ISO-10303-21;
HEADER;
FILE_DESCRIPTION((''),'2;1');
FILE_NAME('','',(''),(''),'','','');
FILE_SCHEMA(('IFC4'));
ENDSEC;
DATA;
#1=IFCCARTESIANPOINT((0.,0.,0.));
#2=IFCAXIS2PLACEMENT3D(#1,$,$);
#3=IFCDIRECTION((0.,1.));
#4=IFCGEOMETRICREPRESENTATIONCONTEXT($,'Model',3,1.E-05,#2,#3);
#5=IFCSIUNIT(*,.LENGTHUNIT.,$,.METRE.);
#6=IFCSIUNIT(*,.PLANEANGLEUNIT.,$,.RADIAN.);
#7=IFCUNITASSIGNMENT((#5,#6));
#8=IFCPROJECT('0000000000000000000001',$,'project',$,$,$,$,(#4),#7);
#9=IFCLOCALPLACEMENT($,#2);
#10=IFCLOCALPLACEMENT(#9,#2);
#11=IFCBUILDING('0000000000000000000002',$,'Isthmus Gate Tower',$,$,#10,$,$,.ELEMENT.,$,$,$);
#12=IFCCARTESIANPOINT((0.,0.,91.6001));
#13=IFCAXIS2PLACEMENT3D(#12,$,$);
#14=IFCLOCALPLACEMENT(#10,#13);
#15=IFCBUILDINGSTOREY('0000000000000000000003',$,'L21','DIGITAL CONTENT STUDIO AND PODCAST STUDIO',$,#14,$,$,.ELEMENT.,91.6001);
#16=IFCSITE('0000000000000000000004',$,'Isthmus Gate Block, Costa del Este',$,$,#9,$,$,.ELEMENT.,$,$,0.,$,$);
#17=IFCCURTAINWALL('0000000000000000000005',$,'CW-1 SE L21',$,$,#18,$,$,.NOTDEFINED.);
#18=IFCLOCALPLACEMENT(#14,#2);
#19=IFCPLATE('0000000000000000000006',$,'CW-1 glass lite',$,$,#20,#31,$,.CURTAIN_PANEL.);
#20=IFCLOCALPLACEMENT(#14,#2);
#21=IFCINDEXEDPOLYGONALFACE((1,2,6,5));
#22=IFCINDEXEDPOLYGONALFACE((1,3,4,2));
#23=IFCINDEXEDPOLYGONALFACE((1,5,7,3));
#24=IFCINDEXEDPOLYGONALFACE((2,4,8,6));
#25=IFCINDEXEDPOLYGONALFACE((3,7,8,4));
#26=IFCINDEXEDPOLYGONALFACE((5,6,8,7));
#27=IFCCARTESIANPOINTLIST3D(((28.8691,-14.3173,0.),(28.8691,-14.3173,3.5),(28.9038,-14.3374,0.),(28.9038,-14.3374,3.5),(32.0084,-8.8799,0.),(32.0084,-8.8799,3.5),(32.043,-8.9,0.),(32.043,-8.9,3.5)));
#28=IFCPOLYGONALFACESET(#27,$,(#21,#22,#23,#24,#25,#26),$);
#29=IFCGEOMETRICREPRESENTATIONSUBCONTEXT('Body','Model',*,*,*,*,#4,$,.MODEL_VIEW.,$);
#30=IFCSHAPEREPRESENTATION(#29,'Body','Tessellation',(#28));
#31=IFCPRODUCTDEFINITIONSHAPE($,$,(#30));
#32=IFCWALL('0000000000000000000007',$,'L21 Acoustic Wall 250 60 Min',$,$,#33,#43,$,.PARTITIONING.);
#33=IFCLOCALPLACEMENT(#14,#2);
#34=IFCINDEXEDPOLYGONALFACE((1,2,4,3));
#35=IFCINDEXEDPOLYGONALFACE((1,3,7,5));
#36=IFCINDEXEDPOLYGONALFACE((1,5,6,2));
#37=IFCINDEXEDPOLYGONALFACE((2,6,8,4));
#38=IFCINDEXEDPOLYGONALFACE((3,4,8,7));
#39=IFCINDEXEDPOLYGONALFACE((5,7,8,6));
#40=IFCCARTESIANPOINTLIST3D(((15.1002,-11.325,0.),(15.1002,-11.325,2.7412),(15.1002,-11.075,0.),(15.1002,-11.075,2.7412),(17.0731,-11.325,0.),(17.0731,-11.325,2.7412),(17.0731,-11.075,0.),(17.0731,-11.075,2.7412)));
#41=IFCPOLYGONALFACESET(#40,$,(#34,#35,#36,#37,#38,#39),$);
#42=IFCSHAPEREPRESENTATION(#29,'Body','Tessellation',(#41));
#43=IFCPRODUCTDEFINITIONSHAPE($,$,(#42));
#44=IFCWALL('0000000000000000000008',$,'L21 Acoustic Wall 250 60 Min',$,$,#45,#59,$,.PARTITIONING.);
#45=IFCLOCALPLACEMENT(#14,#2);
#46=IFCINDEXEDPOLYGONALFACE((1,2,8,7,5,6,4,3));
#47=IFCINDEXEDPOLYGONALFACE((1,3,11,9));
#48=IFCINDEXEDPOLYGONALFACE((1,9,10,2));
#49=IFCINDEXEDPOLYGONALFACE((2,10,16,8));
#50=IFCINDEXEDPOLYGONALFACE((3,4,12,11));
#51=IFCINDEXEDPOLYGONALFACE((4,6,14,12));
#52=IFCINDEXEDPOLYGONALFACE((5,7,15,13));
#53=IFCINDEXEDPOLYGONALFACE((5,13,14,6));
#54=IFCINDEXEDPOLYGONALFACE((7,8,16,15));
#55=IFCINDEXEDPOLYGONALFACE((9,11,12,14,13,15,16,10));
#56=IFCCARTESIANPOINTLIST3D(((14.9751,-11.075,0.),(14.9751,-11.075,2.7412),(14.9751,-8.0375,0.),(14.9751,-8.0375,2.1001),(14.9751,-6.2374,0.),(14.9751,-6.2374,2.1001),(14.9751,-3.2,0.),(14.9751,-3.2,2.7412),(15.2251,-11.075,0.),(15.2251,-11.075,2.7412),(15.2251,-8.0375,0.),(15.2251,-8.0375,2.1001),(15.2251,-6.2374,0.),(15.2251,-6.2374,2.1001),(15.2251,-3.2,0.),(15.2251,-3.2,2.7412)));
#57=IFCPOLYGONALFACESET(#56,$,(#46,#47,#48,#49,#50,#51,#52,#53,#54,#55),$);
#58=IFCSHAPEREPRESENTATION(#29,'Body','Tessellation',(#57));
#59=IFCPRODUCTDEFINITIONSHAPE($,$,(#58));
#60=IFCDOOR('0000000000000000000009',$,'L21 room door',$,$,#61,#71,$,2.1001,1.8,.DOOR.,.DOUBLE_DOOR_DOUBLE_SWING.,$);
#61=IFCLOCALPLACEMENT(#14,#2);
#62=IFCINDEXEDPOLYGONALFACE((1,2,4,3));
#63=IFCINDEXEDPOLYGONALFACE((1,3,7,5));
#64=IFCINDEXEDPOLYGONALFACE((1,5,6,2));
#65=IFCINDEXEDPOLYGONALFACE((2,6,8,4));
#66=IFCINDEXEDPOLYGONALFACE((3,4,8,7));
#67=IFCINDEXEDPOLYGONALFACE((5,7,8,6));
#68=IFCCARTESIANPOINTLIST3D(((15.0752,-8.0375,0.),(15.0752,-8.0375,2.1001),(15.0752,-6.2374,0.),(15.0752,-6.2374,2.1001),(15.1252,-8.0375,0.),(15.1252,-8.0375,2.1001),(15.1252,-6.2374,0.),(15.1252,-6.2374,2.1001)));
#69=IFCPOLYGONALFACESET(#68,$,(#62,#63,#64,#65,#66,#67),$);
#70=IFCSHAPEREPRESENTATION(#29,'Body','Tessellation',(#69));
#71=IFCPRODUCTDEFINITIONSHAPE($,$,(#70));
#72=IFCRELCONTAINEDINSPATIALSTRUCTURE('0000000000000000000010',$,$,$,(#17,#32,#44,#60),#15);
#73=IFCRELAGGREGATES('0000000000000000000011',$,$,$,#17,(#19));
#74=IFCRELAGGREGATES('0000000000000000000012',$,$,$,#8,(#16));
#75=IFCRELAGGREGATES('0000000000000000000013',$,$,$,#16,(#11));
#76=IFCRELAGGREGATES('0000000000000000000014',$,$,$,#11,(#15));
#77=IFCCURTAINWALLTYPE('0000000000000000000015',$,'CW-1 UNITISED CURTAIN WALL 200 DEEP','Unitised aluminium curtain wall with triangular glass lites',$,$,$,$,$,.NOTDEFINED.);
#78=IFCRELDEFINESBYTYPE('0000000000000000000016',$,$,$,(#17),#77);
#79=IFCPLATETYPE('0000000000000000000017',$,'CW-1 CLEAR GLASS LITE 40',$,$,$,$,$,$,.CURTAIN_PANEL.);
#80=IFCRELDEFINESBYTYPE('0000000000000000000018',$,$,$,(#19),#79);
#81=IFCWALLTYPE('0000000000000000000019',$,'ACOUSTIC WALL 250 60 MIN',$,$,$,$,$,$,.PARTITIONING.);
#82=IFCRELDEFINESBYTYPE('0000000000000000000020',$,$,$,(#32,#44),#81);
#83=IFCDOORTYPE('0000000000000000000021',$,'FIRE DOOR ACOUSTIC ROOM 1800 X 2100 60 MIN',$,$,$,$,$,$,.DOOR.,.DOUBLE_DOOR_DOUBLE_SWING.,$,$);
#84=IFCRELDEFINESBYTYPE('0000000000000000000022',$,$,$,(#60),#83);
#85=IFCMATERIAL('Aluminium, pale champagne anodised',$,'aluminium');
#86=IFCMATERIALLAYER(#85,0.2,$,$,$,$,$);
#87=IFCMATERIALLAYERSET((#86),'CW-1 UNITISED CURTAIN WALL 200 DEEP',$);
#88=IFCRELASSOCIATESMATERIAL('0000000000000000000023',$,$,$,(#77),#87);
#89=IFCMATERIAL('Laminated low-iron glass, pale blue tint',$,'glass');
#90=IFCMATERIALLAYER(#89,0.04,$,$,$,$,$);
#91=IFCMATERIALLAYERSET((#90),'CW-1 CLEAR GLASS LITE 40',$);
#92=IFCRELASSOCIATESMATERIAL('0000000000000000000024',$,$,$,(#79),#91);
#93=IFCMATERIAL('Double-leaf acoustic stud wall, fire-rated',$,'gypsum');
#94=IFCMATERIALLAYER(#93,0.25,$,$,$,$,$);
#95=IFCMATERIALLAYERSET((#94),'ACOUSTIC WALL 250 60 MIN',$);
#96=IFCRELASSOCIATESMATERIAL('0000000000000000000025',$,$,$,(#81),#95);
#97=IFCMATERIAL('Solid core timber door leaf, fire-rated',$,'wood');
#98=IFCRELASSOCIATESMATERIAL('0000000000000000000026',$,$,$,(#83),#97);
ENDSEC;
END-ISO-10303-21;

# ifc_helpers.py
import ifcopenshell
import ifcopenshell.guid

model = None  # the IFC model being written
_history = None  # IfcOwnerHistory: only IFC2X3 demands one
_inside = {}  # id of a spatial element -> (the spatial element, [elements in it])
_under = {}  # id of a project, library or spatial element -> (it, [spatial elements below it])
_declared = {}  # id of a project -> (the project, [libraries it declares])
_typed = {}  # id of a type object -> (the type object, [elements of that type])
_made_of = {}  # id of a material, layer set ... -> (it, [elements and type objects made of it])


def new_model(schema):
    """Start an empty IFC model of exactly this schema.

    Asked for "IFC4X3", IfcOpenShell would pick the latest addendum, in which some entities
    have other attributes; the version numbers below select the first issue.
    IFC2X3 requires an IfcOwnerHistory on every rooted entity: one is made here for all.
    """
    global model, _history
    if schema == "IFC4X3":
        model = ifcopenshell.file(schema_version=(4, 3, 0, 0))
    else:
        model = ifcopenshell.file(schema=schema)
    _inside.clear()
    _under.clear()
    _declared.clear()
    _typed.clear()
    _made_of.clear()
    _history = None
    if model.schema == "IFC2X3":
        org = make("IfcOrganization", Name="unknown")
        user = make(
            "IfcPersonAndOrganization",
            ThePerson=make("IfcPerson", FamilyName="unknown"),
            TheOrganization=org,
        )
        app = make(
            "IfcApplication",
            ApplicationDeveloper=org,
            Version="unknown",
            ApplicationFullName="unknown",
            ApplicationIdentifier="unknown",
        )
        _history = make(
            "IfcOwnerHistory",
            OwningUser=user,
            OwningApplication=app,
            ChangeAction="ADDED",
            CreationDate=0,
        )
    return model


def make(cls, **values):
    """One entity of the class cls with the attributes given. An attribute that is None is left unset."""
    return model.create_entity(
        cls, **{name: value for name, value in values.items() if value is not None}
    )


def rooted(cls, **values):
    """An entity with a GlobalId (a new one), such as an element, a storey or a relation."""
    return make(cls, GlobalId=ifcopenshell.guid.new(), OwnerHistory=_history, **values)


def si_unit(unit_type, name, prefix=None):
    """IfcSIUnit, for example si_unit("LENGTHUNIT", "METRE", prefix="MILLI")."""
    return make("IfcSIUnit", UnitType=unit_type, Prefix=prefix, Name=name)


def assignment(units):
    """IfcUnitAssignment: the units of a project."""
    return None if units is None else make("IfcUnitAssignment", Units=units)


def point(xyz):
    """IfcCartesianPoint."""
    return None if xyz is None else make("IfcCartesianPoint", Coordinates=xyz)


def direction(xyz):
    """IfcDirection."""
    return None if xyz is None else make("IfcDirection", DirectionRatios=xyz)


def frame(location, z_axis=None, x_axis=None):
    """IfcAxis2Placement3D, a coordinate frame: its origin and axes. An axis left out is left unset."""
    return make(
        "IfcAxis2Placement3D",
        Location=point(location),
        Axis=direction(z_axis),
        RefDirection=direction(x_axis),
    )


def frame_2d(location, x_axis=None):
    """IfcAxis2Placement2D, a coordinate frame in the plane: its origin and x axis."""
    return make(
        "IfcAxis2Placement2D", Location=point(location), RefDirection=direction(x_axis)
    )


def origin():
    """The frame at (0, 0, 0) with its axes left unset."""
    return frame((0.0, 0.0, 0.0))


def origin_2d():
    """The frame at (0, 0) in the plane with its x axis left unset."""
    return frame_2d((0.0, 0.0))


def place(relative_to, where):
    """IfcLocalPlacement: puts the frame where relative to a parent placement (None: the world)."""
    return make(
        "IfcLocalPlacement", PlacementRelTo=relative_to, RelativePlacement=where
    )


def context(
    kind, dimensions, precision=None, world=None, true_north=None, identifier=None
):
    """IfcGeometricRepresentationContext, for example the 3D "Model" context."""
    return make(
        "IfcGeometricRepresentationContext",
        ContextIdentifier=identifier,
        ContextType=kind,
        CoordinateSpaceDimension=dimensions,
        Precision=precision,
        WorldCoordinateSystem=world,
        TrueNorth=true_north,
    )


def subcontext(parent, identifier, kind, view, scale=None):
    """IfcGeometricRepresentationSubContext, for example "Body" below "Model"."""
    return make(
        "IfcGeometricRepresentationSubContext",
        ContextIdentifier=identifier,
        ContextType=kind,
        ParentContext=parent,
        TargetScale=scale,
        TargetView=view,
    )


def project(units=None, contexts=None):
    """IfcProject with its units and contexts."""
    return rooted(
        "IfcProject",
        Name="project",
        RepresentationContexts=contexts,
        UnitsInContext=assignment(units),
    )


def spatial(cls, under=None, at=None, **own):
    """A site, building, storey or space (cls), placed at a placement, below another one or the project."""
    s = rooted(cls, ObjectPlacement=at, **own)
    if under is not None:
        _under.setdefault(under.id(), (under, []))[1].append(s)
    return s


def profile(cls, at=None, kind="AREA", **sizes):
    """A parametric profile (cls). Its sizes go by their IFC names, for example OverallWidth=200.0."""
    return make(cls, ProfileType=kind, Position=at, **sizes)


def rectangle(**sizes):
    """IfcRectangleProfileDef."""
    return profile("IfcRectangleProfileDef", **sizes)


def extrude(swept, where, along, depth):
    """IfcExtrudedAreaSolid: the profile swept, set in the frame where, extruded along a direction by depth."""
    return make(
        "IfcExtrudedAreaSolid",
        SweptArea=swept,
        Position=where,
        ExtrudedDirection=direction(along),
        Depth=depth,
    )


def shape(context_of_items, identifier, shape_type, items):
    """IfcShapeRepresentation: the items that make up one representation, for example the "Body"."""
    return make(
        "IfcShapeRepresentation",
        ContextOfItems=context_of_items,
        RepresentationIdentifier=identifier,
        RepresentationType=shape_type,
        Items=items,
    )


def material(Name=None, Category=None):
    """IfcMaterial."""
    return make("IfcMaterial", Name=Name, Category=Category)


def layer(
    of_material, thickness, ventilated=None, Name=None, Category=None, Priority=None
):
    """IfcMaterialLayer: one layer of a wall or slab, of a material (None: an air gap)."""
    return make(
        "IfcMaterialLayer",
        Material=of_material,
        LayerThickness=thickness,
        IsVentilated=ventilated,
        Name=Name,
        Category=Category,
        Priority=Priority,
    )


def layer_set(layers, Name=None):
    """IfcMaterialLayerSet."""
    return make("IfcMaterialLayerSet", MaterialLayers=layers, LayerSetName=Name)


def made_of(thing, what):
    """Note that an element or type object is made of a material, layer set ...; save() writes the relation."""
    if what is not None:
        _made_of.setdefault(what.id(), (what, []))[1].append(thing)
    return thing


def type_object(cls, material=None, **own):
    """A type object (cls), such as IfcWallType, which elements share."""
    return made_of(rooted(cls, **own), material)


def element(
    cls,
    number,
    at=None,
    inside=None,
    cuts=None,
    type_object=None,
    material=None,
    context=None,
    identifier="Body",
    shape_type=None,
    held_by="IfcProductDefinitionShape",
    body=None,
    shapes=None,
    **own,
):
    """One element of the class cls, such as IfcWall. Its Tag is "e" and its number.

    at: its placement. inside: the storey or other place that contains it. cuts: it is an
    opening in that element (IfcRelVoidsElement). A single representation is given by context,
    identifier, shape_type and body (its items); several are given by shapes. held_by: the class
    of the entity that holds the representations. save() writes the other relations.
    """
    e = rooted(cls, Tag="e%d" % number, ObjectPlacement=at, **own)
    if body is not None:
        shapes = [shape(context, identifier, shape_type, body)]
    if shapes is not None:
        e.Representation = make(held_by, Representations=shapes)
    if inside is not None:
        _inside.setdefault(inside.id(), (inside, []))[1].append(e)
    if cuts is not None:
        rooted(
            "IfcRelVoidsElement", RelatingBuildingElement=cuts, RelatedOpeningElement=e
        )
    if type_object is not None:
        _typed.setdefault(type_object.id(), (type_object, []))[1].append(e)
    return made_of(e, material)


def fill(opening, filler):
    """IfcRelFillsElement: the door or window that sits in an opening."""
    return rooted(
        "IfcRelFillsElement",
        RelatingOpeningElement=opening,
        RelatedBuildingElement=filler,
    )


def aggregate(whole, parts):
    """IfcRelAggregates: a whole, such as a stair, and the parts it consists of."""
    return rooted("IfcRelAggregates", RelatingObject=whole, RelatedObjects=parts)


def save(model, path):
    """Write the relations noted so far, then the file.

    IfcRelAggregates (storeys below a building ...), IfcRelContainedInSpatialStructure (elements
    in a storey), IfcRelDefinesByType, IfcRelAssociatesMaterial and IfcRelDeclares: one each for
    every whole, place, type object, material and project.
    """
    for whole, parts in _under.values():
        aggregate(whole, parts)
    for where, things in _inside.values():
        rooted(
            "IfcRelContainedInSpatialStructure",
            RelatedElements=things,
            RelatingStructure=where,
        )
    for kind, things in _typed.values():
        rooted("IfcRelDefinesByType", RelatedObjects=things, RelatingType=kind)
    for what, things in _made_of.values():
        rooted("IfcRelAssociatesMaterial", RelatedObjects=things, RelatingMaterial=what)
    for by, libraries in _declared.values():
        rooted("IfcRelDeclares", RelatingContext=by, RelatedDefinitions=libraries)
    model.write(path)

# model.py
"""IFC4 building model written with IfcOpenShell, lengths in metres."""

from ifc_helpers import new_model, si_unit, direction, frame, frame_2d, origin, origin_2d, place, context, subcontext, project, spatial, rectangle, extrude, material, layer, layer_set, type_object, element, fill, aggregate, save


model = new_model("IFC4")

# Units and contexts
model_context = context("Model", 3, precision=1e-05, world=origin(), true_north=direction((0.0, 1.0)))
body_context = subcontext(model_context, "Body", "Model", "MODEL_VIEW")
ifc_project = project(units=[si_unit("LENGTHUNIT", "METRE"), si_unit("PLANEANGLEUNIT", "RADIAN")], contexts=[model_context])

# Site, building, storey
site_placement = place(None, origin())
site = spatial("IfcSite", under=ifc_project, at=site_placement, Name="Isthmus Gate Block, Costa del Este", CompositionType="ELEMENT", RefElevation=0.0)
building_placement = place(site_placement, origin())
building = spatial("IfcBuilding", under=site, at=building_placement, Name="Isthmus Gate Tower", CompositionType="ELEMENT")
storey_placement = place(building_placement, frame((0.0, 0.0, 91.6001)))
storey = spatial("IfcBuildingStorey", under=building, at=storey_placement, Name="L21", Description="DIGITAL CONTENT STUDIO AND PODCAST STUDIO", CompositionType="ELEMENT", Elevation=91.6001)

# Shared definitions
ifc_material_1 = material(Name="Aluminium, pale champagne anodised", Category="aluminium")
ifc_layer_1 = layer(ifc_material_1, 0.2)
ifc_layer_set_1 = layer_set([ifc_layer_1], Name="CW-1 UNITISED CURTAIN WALL 200 DEEP")
curtain_wall_type = type_object("IfcCurtainWallType", Name="CW-1 UNITISED CURTAIN WALL 200 DEEP", Description="Unitised aluminium curtain wall with triangular glass lites", PredefinedType="NOTDEFINED", material=ifc_layer_set_1)

# Curtain wall
curtain_wall_1_placement = place(storey_placement, origin())
curtain_wall_1 = element("IfcCurtainWall", 1, at=curtain_wall_1_placement, inside=storey, type_object=curtain_wall_type, Name="CW-1 SE L21", PredefinedType="NOTDEFINED")

# Shared definitions
ifc_material_2 = material(Name="Laminated low-iron glass, pale blue tint", Category="glass")
ifc_layer_2 = layer(ifc_material_2, 0.04)
ifc_layer_set_2 = layer_set([ifc_layer_2], Name="CW-1 CLEAR GLASS LITE 40")
plate_type = type_object("IfcPlateType", Name="CW-1 CLEAR GLASS LITE 40", PredefinedType="CURTAIN_PANEL", material=ifc_layer_set_2)

# Plate
plate_1_placement = place(storey_placement, frame((30.4561, -11.6086, 0.0), z_axis=(0.0, 0.0, 1.0), x_axis=(0.5, 0.866025, 0.0)))
plate_1 = element("IfcPlate", 2, at=plate_1_placement, type_object=plate_type, Name="CW-1 glass lite", PredefinedType="CURTAIN_PANEL", context=body_context, shape_type="SweptSolid", body=[
    extrude(rectangle(XDim=6.2786, YDim=0.04, at=origin_2d()), origin(), (0.0, 0.0, 1.0), 3.5),
])
aggregate(curtain_wall_1, [plate_1])

# Wall
ifc_material_3 = material(Name="Double-leaf acoustic stud wall, fire-rated", Category="gypsum")
ifc_layer_3 = layer(ifc_material_3, 0.25)
ifc_layer_set_3 = layer_set([ifc_layer_3], Name="ACOUSTIC WALL 250 60 MIN")
wall_type = type_object("IfcWallType", Name="ACOUSTIC WALL 250 60 MIN", PredefinedType="PARTITIONING", material=ifc_layer_set_3)
wall_1_placement = place(storey_placement, frame((17.073, -11.2, 0.0), z_axis=(0.0, 0.0, 1.0), x_axis=(-1.0, 0.0, 0.0)))
element("IfcWall", 3, at=wall_1_placement, inside=storey, type_object=wall_type, Name="L21 Acoustic Wall 250 60 Min", PredefinedType="PARTITIONING", context=body_context, shape_type="SweptSolid", body=[
    extrude(rectangle(XDim=1.9729, YDim=0.25, at=frame_2d((0.9863, 0.0))), origin(), (0.0, 0.0, 1.0), 2.7412),
])

# Wall, opening, door
wall_2_placement = place(storey_placement, frame((15.1001, -11.075, 0.0), z_axis=(0.0, 0.0, 1.0), x_axis=(0.0, 1.0, 0.0)))
wall_2 = element("IfcWall", 4, at=wall_2_placement, inside=storey, type_object=wall_type, Name="L21 Acoustic Wall 250 60 Min", PredefinedType="PARTITIONING", context=body_context, shape_type="SweptSolid", body=[
    extrude(rectangle(XDim=7.875, YDim=0.25, at=frame_2d((3.9375, 0.0))), origin(), (0.0, 0.0, 1.0), 2.7412),
])
opening_placement = place(wall_2_placement, frame((3.0376, 0.0, 0.0)))
opening = element("IfcOpeningElement", 5, at=opening_placement, cuts=wall_2, PredefinedType="OPENING", context=body_context, shape_type="SweptSolid", body=[
    extrude(rectangle(XDim=1.8, YDim=2.1001, at=frame_2d((0.8999, 1.05))), frame((0.0, 0.135, 0.0), z_axis=(0.0, -1.0, 0.0), x_axis=(1.0, 0.0, 0.0)), (0.0, 0.0, 1.0), 0.27),
])
ifc_material_4 = material(Name="Solid core timber door leaf, fire-rated", Category="wood")
door_type = type_object("IfcDoorType", Name="FIRE DOOR ACOUSTIC ROOM 1800 X 2100 60 MIN", OperationType="DOUBLE_DOOR_DOUBLE_SWING", PredefinedType="DOOR", material=ifc_material_4)
door_placement = place(opening_placement, origin())
door = element("IfcDoor", 6, at=door_placement, inside=storey, type_object=door_type, Name="L21 room door", OperationType="DOUBLE_DOOR_DOUBLE_SWING", OverallHeight=2.1001, OverallWidth=1.8, PredefinedType="DOOR", context=body_context, shape_type="SweptSolid", body=[
    extrude(rectangle(XDim=1.8, YDim=2.1001, at=frame_2d((0.8999, 1.05))), frame((0.0, 0.0249, 0.0), z_axis=(0.0, -1.0, 0.0), x_axis=(1.0, 0.0, 0.0)), (0.0, 0.0, 1.0), 0.05),
])
fill(opening, door)

save(model, "model.ifc")
